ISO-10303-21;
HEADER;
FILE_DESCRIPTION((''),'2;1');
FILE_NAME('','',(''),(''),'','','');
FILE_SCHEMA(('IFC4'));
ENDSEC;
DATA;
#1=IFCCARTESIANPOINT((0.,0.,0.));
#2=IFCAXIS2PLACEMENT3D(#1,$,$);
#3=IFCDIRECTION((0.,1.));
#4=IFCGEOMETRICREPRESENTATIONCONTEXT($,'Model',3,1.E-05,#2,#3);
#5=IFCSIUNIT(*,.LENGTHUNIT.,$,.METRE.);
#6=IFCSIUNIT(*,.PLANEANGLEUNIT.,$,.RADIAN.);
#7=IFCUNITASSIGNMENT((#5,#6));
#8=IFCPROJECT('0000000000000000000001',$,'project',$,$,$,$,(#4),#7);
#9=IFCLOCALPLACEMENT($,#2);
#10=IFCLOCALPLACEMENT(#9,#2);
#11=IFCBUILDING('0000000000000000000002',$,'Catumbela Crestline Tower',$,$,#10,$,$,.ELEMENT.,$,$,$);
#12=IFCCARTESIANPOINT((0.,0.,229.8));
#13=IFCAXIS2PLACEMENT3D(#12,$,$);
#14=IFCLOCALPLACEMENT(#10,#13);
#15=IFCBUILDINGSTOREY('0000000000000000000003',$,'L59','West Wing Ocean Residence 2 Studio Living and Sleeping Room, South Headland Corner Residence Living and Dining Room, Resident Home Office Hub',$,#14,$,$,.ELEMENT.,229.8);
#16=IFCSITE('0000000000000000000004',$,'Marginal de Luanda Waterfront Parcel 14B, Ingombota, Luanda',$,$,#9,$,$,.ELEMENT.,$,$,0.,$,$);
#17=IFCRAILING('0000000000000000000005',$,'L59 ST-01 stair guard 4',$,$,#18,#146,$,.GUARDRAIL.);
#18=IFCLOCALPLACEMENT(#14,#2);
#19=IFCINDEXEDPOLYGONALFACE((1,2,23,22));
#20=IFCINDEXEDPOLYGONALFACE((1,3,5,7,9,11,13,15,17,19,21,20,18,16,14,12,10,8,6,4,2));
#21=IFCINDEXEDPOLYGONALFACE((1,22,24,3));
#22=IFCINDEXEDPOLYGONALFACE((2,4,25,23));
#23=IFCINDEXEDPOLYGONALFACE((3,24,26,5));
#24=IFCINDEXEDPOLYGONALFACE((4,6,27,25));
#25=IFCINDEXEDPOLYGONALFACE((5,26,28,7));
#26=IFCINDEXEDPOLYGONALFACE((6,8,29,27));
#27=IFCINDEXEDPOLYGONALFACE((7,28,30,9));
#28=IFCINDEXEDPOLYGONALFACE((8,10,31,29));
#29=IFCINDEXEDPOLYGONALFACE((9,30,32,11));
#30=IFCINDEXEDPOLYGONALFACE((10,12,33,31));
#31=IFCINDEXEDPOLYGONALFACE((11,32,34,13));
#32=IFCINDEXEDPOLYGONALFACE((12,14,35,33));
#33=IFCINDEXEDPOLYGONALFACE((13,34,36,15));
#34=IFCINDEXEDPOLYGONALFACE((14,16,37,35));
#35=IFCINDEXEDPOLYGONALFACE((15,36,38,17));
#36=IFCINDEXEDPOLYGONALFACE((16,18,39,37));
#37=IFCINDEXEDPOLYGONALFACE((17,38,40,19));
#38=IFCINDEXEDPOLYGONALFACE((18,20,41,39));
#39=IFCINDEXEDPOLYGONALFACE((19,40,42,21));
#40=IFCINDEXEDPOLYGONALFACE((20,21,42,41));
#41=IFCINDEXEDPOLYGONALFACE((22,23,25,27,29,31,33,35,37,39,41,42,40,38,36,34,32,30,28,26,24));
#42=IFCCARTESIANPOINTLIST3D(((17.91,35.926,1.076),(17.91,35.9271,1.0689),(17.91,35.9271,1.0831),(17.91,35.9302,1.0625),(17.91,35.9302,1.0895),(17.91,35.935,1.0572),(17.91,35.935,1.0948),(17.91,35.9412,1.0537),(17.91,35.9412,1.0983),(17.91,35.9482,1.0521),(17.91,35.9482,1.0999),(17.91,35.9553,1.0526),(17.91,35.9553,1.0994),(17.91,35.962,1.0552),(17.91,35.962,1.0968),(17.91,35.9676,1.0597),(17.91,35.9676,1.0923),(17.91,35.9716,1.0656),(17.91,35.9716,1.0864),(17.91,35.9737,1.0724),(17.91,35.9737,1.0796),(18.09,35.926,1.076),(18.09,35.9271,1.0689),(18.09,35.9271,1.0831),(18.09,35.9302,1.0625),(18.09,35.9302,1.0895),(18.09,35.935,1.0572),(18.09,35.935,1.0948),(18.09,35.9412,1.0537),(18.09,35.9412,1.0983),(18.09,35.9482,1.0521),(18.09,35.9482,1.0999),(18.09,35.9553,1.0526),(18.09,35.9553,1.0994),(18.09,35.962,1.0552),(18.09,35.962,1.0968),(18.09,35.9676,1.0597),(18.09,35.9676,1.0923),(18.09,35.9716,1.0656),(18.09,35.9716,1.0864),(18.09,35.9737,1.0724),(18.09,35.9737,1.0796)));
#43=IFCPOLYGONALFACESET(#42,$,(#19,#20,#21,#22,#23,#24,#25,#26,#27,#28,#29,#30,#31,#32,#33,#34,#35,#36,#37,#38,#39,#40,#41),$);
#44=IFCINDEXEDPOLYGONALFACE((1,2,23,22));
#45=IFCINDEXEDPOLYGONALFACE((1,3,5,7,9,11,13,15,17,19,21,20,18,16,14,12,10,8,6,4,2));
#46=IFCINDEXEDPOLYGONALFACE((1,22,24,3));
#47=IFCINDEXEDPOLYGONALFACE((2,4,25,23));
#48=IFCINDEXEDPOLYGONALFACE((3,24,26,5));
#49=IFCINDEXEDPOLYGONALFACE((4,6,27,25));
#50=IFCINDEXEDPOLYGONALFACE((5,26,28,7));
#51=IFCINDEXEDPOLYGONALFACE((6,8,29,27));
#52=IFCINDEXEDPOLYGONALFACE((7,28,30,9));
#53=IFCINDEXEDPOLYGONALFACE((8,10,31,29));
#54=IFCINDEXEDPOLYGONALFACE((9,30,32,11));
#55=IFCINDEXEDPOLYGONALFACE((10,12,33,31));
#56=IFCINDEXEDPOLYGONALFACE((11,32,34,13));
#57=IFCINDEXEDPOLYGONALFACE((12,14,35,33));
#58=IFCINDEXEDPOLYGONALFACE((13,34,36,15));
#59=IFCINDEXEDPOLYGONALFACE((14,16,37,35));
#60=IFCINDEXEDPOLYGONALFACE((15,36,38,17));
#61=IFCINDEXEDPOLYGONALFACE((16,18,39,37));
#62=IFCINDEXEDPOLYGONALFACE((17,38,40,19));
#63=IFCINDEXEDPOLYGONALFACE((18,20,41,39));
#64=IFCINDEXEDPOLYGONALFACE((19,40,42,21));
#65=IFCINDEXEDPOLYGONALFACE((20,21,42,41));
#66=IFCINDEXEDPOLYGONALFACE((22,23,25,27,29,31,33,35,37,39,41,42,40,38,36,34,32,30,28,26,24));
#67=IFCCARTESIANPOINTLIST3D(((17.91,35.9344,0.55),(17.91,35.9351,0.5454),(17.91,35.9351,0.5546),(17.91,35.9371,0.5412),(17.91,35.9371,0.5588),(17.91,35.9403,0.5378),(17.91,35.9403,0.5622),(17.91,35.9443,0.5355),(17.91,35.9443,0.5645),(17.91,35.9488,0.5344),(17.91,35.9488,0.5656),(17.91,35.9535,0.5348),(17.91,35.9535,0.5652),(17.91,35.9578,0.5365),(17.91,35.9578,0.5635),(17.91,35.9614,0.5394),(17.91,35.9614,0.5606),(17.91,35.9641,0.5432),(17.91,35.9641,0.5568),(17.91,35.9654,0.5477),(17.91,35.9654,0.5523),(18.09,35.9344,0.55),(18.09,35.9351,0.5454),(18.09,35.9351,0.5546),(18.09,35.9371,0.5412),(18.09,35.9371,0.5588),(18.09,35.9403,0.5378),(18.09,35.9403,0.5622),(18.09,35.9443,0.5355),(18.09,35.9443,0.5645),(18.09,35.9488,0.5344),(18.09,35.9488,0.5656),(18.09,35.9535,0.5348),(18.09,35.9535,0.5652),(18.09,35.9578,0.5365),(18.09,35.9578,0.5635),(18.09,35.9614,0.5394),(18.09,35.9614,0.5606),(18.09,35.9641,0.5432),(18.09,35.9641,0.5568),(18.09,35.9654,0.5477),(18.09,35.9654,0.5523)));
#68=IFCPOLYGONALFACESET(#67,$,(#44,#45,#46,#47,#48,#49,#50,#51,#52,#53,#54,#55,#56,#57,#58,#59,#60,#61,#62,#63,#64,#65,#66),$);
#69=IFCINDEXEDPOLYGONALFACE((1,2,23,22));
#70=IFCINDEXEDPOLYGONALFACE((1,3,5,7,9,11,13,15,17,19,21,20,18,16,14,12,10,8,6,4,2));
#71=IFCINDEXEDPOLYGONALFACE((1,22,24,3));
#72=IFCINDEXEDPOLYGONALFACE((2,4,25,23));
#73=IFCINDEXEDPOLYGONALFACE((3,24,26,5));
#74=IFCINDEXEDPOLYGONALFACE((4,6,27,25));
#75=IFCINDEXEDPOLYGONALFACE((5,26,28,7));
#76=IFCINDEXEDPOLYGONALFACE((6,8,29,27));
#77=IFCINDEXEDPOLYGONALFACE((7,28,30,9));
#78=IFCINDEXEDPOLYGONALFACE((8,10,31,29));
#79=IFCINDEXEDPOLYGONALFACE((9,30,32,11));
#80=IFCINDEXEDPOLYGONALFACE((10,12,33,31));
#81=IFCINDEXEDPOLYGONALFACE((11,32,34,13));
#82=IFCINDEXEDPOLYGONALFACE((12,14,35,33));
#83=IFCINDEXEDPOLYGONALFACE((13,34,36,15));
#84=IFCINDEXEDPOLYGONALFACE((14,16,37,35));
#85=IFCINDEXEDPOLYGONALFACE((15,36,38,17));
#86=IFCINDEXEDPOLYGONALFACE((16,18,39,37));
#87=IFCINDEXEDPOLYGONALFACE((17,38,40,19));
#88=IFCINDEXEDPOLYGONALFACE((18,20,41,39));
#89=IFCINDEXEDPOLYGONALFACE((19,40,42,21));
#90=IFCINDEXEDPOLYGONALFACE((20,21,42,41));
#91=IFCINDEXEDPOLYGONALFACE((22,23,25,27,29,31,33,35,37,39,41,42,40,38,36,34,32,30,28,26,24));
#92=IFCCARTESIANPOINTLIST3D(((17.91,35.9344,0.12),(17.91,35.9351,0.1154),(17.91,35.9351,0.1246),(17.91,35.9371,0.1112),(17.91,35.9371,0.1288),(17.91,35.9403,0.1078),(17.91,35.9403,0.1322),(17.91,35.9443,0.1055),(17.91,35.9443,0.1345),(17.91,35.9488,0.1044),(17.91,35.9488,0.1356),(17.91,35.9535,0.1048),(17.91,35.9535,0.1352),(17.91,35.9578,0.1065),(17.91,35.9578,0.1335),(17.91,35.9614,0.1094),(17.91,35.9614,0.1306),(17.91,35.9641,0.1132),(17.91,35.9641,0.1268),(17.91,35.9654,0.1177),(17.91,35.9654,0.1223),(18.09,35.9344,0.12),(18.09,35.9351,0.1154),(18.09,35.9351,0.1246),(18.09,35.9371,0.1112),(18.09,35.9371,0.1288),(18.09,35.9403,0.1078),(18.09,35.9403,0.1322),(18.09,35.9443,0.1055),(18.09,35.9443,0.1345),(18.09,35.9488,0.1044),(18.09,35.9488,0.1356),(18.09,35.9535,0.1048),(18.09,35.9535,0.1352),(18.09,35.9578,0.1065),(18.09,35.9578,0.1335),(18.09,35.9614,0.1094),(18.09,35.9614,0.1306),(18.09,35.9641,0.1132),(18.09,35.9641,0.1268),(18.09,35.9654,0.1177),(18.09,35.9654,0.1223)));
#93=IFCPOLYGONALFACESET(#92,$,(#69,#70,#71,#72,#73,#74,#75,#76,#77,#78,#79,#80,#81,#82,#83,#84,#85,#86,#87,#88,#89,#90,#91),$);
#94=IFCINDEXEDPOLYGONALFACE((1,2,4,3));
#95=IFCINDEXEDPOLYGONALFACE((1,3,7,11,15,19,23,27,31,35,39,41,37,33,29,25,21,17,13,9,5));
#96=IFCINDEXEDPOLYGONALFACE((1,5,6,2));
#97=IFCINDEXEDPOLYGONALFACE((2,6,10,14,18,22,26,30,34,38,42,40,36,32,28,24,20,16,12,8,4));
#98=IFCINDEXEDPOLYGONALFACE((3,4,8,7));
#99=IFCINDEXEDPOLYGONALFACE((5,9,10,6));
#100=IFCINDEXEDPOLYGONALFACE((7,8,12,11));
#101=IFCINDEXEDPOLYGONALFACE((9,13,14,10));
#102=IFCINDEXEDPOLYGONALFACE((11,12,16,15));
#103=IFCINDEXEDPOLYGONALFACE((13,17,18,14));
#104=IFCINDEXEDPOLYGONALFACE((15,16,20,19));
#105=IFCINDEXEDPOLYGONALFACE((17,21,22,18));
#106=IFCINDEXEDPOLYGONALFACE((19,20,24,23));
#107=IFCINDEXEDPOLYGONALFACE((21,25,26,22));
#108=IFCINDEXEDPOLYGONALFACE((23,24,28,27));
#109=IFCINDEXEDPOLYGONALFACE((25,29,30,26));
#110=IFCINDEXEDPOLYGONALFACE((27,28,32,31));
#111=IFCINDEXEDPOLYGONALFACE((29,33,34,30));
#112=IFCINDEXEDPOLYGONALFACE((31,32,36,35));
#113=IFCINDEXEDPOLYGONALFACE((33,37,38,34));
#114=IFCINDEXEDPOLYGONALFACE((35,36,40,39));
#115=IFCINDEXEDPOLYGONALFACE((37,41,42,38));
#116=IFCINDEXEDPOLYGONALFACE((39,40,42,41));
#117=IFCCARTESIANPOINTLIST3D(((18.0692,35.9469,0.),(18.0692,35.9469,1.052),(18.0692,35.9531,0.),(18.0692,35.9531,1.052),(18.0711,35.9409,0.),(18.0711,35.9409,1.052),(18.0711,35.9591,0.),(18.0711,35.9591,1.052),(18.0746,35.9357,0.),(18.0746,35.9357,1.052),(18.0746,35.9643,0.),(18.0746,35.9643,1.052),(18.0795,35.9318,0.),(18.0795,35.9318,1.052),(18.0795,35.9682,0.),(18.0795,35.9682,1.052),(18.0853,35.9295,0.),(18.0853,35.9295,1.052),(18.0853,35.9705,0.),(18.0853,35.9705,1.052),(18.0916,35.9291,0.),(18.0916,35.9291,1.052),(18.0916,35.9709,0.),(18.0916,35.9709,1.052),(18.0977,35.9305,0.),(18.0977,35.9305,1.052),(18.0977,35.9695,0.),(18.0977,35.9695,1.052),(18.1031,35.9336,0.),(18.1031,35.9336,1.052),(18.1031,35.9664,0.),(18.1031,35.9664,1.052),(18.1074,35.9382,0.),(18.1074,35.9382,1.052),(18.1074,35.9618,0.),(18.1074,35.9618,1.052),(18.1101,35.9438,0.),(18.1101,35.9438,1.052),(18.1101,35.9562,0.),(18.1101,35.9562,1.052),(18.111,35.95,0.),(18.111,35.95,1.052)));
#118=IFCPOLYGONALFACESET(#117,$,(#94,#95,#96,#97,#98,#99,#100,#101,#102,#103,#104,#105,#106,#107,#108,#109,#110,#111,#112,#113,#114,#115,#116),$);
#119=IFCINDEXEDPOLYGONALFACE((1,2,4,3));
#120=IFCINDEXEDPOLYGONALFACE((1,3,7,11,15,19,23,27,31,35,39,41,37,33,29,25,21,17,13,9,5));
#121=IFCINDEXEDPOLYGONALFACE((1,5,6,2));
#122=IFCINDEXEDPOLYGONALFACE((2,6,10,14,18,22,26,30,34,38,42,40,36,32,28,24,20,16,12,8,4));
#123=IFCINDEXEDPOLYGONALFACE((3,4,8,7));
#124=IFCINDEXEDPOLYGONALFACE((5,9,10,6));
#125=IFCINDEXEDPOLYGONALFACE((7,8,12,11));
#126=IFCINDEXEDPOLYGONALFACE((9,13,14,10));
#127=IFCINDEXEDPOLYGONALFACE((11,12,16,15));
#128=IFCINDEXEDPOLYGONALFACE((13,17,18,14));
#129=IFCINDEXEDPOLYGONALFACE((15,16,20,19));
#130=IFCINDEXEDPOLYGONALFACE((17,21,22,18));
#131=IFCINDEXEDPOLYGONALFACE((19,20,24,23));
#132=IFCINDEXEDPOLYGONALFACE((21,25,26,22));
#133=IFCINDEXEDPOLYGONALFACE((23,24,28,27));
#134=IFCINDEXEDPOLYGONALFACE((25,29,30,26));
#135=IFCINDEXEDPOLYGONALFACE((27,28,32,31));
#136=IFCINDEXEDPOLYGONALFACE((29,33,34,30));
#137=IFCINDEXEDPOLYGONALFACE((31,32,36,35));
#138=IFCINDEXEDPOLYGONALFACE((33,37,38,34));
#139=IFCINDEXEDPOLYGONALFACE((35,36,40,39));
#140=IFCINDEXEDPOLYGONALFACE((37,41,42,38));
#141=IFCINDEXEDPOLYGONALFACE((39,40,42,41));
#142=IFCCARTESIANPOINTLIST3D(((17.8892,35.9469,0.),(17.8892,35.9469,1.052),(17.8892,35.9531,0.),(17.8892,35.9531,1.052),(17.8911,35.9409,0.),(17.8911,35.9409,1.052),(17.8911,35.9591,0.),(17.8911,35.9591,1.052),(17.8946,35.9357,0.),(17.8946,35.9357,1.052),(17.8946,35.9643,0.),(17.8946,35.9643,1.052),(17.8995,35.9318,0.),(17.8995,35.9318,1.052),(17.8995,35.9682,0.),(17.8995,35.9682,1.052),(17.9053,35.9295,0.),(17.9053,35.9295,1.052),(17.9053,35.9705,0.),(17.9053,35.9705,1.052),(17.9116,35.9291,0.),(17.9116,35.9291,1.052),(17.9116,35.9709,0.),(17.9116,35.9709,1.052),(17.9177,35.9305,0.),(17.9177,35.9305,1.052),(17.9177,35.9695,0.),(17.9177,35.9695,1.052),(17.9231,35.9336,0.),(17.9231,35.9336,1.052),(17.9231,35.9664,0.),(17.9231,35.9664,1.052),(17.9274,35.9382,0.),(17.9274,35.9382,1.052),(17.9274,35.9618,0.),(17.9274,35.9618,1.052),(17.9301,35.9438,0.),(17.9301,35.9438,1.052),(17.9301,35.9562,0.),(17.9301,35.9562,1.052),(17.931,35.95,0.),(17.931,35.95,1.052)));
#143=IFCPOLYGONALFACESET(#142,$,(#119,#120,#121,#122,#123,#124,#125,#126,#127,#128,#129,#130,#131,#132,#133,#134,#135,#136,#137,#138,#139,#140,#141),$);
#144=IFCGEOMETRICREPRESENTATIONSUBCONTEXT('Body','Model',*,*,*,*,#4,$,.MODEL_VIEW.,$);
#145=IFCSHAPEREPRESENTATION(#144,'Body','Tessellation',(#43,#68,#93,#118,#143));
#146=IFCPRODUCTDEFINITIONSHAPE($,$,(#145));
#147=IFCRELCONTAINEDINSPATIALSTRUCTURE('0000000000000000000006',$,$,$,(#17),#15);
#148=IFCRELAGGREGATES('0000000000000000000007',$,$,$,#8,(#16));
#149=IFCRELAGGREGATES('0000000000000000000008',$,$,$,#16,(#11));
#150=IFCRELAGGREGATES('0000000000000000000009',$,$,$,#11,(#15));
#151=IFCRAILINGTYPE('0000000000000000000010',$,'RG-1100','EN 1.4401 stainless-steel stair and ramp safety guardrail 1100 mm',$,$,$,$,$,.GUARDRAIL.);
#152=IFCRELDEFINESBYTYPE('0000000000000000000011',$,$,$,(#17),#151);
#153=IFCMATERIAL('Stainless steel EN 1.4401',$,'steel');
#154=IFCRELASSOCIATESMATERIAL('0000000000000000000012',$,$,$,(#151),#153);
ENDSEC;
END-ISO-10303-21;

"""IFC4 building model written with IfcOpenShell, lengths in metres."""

from ifc_helpers import new_model, si_unit, direction, frame, origin, origin_2d, place, context, subcontext, project, spatial, circle, extrude, material, type_object, element, save


model = new_model("IFC4")

# Units and contexts
model_context = context("Model", 3, precision=1e-05, world=origin(), true_north=direction((0.0, 1.0)))
body_context = subcontext(model_context, "Body", "Model", "MODEL_VIEW")
ifc_project = project(units=[si_unit("LENGTHUNIT", "METRE"), si_unit("PLANEANGLEUNIT", "RADIAN")], contexts=[model_context])

# Site, building, storey
site_placement = place(None, origin())
site = spatial("IfcSite", under=ifc_project, at=site_placement, Name="Marginal de Luanda Waterfront Parcel 14B, Ingombota, Luanda", CompositionType="ELEMENT", RefElevation=0.0)
building_placement = place(site_placement, origin())
building = spatial("IfcBuilding", under=site, at=building_placement, Name="Catumbela Crestline Tower", CompositionType="ELEMENT")
storey_placement = place(building_placement, frame((0.0, 0.0, 229.8)))
storey = spatial("IfcBuildingStorey", under=building, at=storey_placement, Name="L59", Description="West Wing Ocean Residence 2 Studio Living and Sleeping Room, South Headland Corner Residence Living and Dining Room, Resident Home Office Hub", CompositionType="ELEMENT", Elevation=229.8)

# Shared definitions
ifc_material_1 = material(Name="Stainless steel EN 1.4401", Category="steel")

# Railing
railing_type_1 = type_object("IfcRailingType", Name="RG-1100", Description="EN 1.4401 stainless-steel stair and ramp safety guardrail 1100 mm", PredefinedType="GUARDRAIL", material=ifc_material_1)
railing_1_placement = place(storey_placement, frame((18.09, 35.95, 0.0)))
element("IfcRailing", 1, at=railing_1_placement, inside=storey, type_object=railing_type_1, Name="L59 ST-01 stair guard 4", PredefinedType="GUARDRAIL", context=body_context, shape_type="SweptSolid", body=[
    extrude(circle(Radius=0.024, at=origin_2d()), frame((0.0, 0.0, 1.076), z_axis=(-1.0, 0.0, 0.0), x_axis=(0.0, -1.0, 0.0)), (0.0, 0.0, 1.0), 0.18),
    extrude(circle(Radius=0.0156, at=origin_2d()), frame((0.0, 0.0, 0.55), z_axis=(-1.0, 0.0, 0.0), x_axis=(0.0, -1.0, 0.0)), (0.0, 0.0, 1.0), 0.18),
    extrude(circle(Radius=0.0156, at=origin_2d()), frame((0.0, 0.0, 0.12), z_axis=(-1.0, 0.0, 0.0), x_axis=(0.0, -1.0, 0.0)), (0.0, 0.0, 1.0), 0.18),
    extrude(circle(Radius=0.021, at=origin_2d()), origin(), (0.0, 0.0, 1.0), 1.052),
    extrude(circle(Radius=0.021, at=origin_2d()), frame((-0.18, 0.0, 0.0)), (0.0, 0.0, 1.0), 1.052),
])

save(model, "model.ifc")
